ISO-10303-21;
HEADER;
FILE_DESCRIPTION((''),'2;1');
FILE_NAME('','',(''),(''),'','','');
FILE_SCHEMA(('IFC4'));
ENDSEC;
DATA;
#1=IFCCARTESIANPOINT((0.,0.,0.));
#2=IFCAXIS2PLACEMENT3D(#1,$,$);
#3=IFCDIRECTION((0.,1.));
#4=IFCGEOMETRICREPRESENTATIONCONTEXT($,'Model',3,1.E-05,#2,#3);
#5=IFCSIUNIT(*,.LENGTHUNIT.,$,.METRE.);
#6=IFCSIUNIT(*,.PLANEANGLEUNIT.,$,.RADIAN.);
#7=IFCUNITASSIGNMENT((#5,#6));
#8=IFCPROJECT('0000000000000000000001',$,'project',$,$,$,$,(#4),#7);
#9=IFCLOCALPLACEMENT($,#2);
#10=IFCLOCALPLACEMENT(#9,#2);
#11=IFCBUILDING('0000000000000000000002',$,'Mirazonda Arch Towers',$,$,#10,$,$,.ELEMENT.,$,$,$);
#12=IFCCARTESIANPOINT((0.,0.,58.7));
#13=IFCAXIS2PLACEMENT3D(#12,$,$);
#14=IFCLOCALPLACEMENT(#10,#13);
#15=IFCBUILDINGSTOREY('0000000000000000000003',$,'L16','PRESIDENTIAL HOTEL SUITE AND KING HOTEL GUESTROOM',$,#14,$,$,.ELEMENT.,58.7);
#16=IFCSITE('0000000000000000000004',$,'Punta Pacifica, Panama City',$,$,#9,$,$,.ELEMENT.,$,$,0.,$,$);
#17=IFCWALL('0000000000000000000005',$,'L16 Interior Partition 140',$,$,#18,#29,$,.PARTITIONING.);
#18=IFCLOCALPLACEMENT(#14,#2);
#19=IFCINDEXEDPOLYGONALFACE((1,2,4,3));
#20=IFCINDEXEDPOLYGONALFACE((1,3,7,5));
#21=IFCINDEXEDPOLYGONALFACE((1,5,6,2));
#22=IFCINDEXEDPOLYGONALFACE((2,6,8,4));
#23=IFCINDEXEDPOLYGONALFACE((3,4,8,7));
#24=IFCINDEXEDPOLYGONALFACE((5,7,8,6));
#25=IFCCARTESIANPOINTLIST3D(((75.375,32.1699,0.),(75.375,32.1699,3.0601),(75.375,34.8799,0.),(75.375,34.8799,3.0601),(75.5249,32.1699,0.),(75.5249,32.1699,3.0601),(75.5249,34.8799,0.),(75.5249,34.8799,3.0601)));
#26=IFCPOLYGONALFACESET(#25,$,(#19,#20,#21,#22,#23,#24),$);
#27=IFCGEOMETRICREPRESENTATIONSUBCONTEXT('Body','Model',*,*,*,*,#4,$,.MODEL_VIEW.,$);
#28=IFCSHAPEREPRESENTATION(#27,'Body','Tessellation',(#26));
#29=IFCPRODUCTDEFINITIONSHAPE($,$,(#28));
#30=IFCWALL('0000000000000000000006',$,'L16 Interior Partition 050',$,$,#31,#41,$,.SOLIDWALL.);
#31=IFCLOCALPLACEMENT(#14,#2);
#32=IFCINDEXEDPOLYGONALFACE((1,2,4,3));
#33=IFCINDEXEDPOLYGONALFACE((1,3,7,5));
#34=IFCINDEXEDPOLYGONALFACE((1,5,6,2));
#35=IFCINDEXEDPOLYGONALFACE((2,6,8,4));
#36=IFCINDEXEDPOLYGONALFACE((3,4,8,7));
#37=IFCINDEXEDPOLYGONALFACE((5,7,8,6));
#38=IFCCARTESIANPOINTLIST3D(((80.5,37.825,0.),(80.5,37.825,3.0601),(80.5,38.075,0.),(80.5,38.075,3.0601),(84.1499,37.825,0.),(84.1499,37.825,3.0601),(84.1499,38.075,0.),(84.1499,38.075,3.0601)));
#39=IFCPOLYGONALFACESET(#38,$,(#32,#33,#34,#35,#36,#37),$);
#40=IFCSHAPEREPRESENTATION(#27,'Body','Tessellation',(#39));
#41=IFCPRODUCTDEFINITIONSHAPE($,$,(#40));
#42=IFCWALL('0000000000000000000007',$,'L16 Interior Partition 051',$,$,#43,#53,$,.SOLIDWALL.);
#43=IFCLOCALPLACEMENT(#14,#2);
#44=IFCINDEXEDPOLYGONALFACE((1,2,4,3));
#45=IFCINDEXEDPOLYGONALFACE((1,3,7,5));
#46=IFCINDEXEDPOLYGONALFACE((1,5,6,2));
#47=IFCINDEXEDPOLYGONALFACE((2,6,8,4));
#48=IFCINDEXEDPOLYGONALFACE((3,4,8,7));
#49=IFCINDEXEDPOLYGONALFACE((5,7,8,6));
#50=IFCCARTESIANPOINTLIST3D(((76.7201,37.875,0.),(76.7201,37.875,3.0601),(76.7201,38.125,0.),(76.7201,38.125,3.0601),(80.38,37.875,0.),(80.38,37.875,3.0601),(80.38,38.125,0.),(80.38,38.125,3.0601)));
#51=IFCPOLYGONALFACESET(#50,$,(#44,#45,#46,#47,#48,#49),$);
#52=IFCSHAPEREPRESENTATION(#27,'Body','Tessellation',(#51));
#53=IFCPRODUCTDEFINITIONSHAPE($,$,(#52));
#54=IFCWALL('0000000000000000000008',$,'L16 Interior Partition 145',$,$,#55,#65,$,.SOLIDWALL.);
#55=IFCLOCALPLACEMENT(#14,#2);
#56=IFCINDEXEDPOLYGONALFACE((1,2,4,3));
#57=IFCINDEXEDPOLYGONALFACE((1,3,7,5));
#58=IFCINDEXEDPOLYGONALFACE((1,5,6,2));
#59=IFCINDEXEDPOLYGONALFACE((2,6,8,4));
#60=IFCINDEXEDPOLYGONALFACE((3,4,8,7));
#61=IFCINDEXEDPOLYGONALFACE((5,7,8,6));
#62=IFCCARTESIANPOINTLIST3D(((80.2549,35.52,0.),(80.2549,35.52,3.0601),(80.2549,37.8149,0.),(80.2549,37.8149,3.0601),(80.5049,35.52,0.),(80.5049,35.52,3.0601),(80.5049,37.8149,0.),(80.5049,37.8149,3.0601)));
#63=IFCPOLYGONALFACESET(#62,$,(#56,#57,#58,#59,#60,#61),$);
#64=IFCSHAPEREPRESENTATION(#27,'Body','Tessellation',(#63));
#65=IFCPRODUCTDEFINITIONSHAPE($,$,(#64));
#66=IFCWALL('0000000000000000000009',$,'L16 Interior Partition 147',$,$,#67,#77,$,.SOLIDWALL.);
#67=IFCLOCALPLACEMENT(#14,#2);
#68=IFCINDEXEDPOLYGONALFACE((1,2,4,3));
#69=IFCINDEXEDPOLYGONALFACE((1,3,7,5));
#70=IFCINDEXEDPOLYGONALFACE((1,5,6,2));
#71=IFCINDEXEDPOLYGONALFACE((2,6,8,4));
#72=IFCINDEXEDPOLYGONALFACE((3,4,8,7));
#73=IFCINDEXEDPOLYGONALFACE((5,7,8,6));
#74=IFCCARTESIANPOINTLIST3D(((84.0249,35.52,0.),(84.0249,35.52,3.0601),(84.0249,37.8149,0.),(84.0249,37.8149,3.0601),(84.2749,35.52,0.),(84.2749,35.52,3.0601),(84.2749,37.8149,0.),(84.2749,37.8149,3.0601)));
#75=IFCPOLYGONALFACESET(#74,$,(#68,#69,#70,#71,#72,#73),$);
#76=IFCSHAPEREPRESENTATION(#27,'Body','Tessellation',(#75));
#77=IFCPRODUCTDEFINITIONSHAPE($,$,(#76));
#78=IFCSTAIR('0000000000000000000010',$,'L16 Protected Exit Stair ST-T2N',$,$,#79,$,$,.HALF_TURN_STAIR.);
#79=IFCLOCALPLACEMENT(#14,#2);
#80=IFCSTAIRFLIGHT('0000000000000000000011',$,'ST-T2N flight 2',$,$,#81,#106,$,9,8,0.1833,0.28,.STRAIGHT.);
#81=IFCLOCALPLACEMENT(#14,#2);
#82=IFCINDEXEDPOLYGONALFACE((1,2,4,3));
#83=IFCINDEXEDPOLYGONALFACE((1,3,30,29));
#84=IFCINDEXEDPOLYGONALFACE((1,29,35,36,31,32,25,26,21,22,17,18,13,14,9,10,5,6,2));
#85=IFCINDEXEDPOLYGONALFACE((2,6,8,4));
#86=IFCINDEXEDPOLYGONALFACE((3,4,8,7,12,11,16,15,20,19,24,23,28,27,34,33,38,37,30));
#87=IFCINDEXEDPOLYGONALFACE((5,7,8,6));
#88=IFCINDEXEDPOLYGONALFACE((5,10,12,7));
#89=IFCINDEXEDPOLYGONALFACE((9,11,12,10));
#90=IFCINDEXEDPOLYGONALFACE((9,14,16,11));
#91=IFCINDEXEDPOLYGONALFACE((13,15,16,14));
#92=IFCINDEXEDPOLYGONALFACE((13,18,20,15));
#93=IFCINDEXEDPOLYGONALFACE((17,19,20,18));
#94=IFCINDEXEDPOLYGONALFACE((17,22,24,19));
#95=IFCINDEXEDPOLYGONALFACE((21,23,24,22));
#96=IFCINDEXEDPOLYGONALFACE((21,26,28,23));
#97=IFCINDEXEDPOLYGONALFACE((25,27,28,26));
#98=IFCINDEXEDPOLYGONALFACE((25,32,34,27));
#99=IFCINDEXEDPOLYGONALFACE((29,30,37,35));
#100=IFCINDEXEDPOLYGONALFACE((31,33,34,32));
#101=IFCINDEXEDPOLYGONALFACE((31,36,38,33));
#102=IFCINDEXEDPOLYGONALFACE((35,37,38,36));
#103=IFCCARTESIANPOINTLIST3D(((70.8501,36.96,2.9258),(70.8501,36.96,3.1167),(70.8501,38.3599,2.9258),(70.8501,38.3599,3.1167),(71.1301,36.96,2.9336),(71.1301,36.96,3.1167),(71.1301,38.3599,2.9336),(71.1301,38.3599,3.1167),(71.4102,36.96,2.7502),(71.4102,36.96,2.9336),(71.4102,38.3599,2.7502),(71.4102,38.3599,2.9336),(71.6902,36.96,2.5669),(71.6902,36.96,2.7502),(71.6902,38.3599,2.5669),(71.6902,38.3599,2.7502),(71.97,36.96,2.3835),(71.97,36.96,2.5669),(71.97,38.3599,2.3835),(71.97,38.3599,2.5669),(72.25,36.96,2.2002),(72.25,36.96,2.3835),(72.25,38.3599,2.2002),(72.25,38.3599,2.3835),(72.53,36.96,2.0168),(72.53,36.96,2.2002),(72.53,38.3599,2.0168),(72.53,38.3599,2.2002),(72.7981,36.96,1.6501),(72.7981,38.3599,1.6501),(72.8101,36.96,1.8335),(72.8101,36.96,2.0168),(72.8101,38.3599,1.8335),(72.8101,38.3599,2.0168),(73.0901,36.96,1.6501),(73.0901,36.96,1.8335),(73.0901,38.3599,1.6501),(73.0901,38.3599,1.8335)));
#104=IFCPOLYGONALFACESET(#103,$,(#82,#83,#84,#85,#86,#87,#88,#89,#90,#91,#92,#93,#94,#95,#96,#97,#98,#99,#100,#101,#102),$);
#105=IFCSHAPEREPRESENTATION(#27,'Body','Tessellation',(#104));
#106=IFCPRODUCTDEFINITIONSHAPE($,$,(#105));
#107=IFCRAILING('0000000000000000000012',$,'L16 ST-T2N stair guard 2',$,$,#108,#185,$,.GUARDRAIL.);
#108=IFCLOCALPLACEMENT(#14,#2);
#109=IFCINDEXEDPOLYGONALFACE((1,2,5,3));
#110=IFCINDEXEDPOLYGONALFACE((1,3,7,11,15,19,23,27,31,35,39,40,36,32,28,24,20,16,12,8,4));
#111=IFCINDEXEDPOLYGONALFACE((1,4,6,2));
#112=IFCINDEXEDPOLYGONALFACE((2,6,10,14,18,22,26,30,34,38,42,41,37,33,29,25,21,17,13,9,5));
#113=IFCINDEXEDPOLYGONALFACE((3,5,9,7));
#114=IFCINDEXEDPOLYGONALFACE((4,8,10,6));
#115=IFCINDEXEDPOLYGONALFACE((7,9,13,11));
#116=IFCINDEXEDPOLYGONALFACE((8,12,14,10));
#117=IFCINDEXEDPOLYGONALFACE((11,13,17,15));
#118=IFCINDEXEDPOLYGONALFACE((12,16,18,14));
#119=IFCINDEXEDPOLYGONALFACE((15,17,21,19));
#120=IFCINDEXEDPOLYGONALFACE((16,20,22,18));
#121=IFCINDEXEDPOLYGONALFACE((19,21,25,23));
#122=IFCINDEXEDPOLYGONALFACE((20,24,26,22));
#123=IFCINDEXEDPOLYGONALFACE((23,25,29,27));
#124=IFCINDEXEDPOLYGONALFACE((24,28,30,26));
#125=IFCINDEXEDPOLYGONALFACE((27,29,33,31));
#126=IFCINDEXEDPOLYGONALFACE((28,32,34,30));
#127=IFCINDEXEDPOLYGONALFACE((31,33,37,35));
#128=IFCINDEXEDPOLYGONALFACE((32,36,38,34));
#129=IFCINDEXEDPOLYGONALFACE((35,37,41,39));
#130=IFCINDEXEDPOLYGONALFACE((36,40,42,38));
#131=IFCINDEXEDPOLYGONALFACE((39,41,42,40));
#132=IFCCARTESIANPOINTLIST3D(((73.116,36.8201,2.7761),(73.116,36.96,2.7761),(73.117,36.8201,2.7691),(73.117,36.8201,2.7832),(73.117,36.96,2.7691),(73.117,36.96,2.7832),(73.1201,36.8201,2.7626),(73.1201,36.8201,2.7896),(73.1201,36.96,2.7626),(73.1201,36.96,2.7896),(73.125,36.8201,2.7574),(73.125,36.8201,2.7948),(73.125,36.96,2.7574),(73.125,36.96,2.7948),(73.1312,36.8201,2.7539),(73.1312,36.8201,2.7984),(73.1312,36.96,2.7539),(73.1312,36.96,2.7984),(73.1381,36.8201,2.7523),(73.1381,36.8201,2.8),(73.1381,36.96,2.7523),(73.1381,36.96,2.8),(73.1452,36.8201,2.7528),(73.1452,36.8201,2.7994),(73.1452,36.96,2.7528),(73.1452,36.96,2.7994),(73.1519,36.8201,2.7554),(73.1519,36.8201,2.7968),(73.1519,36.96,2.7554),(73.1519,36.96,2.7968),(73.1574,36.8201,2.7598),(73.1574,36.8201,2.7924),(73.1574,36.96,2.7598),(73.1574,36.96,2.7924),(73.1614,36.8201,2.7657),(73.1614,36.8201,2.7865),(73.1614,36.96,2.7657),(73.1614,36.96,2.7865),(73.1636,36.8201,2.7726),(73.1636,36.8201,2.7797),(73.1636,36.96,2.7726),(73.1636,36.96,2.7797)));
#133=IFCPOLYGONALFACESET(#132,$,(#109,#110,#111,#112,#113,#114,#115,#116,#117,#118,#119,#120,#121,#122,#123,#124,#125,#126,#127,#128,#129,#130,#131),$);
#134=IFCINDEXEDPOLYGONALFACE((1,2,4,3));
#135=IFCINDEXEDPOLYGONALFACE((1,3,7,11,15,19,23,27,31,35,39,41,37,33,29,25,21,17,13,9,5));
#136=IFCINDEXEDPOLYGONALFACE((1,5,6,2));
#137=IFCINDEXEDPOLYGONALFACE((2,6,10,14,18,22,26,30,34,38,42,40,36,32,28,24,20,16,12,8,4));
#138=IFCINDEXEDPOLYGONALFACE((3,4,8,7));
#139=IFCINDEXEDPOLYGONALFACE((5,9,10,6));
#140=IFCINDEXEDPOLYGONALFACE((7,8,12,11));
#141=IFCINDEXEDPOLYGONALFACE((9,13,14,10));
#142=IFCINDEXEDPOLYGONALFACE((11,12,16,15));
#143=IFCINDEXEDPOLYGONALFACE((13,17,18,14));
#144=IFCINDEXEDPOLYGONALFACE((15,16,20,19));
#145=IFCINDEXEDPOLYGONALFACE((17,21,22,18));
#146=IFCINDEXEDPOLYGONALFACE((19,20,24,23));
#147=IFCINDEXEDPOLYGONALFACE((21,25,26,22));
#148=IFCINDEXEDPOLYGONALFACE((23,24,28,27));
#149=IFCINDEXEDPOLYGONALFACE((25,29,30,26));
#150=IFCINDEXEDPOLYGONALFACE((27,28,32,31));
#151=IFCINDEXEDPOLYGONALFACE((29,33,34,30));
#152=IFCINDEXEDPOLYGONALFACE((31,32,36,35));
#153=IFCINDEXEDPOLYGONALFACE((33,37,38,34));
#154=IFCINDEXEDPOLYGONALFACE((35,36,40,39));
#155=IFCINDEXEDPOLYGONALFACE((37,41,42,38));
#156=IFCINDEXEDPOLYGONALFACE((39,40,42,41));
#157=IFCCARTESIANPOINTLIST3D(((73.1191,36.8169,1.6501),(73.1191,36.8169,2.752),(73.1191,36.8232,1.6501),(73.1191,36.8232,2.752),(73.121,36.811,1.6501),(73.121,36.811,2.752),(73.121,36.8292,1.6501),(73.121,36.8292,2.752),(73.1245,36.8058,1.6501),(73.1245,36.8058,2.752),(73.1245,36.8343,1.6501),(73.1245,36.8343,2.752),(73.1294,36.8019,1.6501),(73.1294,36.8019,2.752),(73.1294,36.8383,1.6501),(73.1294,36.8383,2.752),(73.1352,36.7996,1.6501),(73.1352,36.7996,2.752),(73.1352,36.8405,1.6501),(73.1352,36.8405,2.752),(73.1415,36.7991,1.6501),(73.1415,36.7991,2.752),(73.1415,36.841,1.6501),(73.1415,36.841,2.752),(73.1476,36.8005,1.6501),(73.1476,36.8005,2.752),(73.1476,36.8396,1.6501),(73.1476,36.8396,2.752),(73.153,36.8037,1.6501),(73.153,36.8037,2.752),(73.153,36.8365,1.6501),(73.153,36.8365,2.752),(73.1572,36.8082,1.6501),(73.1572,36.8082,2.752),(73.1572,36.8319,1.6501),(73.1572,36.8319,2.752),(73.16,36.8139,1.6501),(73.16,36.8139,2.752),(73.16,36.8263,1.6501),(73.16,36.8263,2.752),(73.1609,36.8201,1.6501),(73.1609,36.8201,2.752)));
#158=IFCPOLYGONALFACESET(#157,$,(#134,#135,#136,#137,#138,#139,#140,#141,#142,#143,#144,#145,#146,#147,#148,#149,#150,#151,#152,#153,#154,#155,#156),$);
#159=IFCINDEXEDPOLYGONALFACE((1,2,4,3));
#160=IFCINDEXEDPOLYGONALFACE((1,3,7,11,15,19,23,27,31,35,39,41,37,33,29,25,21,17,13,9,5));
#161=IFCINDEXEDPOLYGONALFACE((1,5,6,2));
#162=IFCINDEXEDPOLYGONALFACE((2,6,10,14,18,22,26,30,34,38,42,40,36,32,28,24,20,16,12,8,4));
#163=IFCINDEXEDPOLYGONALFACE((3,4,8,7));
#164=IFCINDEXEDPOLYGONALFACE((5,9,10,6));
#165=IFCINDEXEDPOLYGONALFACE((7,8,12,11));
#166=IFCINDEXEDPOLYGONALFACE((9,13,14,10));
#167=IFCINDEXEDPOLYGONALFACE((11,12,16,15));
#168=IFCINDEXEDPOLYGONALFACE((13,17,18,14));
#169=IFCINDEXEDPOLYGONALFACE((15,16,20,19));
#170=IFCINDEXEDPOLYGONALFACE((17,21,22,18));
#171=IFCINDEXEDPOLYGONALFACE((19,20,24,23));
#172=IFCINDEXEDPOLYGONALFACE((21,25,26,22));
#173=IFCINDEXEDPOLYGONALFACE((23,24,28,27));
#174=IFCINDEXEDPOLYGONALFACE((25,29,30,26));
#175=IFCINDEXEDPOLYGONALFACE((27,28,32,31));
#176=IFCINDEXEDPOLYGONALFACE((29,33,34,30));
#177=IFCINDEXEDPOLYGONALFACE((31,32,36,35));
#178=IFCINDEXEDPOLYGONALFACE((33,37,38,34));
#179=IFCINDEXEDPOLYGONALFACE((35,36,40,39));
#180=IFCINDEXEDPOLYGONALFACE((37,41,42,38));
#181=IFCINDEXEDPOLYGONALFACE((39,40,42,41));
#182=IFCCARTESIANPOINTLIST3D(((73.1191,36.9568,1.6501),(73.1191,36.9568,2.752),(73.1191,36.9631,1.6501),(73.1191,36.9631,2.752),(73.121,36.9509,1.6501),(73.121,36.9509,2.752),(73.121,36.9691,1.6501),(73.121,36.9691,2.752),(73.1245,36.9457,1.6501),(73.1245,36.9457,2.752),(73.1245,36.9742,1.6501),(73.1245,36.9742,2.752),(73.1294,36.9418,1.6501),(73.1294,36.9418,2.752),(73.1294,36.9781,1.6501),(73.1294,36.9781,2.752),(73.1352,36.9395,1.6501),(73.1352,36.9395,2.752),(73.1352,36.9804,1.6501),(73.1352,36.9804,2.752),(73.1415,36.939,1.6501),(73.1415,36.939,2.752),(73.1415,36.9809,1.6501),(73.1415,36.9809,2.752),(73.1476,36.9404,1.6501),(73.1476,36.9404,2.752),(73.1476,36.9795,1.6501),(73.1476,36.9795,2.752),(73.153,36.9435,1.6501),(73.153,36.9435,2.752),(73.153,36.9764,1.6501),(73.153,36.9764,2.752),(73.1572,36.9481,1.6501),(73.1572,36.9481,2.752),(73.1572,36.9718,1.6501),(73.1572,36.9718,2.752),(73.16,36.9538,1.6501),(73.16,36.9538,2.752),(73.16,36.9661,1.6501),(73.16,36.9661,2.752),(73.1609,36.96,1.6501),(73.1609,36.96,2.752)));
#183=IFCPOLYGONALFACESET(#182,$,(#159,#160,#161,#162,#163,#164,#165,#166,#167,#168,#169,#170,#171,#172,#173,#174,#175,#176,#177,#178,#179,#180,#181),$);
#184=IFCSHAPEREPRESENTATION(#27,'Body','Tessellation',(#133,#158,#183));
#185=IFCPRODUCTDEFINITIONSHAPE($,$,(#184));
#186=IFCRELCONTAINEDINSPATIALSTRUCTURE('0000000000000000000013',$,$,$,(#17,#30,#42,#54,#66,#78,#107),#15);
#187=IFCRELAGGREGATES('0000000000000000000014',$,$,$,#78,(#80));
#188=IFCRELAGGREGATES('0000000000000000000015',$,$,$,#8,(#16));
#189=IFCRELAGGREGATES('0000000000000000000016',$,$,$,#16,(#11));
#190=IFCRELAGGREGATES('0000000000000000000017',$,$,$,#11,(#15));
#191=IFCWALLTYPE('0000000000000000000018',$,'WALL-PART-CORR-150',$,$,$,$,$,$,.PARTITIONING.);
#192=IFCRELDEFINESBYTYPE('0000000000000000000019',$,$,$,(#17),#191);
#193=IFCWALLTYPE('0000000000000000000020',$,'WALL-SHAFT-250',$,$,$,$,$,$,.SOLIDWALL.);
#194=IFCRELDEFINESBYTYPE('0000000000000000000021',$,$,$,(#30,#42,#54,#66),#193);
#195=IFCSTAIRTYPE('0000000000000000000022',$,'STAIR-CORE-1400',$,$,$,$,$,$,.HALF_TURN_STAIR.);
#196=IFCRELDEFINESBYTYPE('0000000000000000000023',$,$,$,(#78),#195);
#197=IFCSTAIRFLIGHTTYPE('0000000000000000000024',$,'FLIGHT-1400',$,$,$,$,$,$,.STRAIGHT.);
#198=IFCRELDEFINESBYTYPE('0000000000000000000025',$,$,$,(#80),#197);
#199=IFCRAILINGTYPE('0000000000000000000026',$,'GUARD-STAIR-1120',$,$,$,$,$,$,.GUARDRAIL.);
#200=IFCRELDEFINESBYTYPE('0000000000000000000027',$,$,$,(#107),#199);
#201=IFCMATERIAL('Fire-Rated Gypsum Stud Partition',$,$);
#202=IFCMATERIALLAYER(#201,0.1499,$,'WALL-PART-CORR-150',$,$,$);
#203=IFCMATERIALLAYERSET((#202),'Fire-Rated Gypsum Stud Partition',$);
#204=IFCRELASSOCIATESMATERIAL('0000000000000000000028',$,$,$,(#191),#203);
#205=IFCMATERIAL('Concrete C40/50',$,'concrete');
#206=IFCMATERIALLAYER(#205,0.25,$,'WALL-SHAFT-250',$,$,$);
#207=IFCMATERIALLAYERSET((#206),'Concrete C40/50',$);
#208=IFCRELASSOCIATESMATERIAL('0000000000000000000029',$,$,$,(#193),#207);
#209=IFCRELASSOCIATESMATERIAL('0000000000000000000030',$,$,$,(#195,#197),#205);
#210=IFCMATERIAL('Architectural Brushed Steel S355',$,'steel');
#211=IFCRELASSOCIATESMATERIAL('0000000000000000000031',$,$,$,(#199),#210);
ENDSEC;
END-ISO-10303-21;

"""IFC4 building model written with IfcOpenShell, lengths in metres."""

from ifc_helpers import new_model, si_unit, direction, frame, frame_2d, origin, origin_2d, place, context, subcontext, project, spatial, polyline, rectangle, circle, outline, extrude, material, layer, layer_set, type_object, element, aggregate, save


model = new_model("IFC4")

# Units and contexts
model_context = context("Model", 3, precision=1e-05, world=origin(), true_north=direction((0.0, 1.0)))
body_context = subcontext(model_context, "Body", "Model", "MODEL_VIEW")
ifc_project = project(units=[si_unit("LENGTHUNIT", "METRE"), si_unit("PLANEANGLEUNIT", "RADIAN")], contexts=[model_context])

# Site, building, storey
site_placement = place(None, origin())
site = spatial("IfcSite", under=ifc_project, at=site_placement, Name="Punta Pacifica, Panama City", CompositionType="ELEMENT", RefElevation=0.0)
building_placement = place(site_placement, origin())
building = spatial("IfcBuilding", under=site, at=building_placement, Name="Mirazonda Arch Towers", CompositionType="ELEMENT")
storey_placement = place(building_placement, frame((0.0, 0.0, 58.7)))
storey = spatial("IfcBuildingStorey", under=building, at=storey_placement, Name="L16", Description="PRESIDENTIAL HOTEL SUITE AND KING HOTEL GUESTROOM", CompositionType="ELEMENT", Elevation=58.7)

# Shared definitions
ifc_material_1 = material(Name="Concrete C40/50", Category="concrete")
ifc_material_2 = material(Name="Architectural Brushed Steel S355", Category="steel")

# Walls
ifc_material_3 = material(Name="Fire-Rated Gypsum Stud Partition")
ifc_layer_1 = layer(ifc_material_3, 0.1499, Name="WALL-PART-CORR-150")
ifc_layer_set_1 = layer_set([ifc_layer_1], Name="Fire-Rated Gypsum Stud Partition")
wall_type_1 = type_object("IfcWallType", Name="WALL-PART-CORR-150", PredefinedType="PARTITIONING", material=ifc_layer_set_1)
for number, where, z_axis, x_axis, name in (
    (1, (75.45, 32.1699, 0.0), (0.0, 0.0, 1.0), (0.0, 1.0, 0.0), "L16 Interior Partition 140"),
):
    element("IfcWall", number, at=place(storey_placement, frame(where, z_axis=z_axis, x_axis=x_axis)), inside=storey, type_object=wall_type_1, Name=name, PredefinedType="PARTITIONING", context=body_context, shape_type="SweptSolid", body=[
        extrude(rectangle(XDim=2.71, YDim=0.1499, at=frame_2d((1.355, 0.0))), origin(), (0.0, 0.0, 1.0), 3.0601),
    ])
ifc_layer_2 = layer(ifc_material_1, 0.25, Name="WALL-SHAFT-250")
ifc_layer_set_2 = layer_set([ifc_layer_2], Name="Concrete C40/50")
wall_type_2 = type_object("IfcWallType", Name="WALL-SHAFT-250", PredefinedType="SOLIDWALL", material=ifc_layer_set_2)
wall_1_placement = place(storey_placement, frame((80.5, 37.95, 0.0), z_axis=(0.0, 0.0, 1.0), x_axis=(1.0, 0.0, 0.0)))
element("IfcWall", 2, at=wall_1_placement, inside=storey, type_object=wall_type_2, Name="L16 Interior Partition 050", PredefinedType="SOLIDWALL", context=body_context, shape_type="SweptSolid", body=[
    extrude(rectangle(XDim=3.6499, YDim=0.25, at=frame_2d((1.825, 0.0))), origin(), (0.0, 0.0, 1.0), 3.0601),
])
wall_2_placement = place(storey_placement, frame((76.72, 38.0, 0.0), z_axis=(0.0, 0.0, 1.0), x_axis=(1.0, 0.0, 0.0)))
element("IfcWall", 3, at=wall_2_placement, inside=storey, type_object=wall_type_2, Name="L16 Interior Partition 051", PredefinedType="SOLIDWALL", context=body_context, shape_type="SweptSolid", body=[
    extrude(rectangle(XDim=3.6599, YDim=0.25, at=frame_2d((1.8301, 0.0))), origin(), (0.0, 0.0, 1.0), 3.0601),
])
for number, where, z_axis, x_axis, name in (
    (4, (80.3799, 35.52, 0.0), (0.0, 0.0, 1.0), (0.0, 1.0, 0.0), "L16 Interior Partition 145"),
    (5, (84.1499, 35.52, 0.0), (0.0, 0.0, 1.0), (0.0, 1.0, 0.0), "L16 Interior Partition 147"),
):
    element("IfcWall", number, at=place(storey_placement, frame(where, z_axis=z_axis, x_axis=x_axis)), inside=storey, type_object=wall_type_2, Name=name, PredefinedType="SOLIDWALL", context=body_context, shape_type="SweptSolid", body=[
        extrude(rectangle(XDim=2.2949, YDim=0.25, at=frame_2d((1.1475, 0.0))), origin(), (0.0, 0.0, 1.0), 3.0601),
    ])

# Stair, stair flight
stair_type = type_object("IfcStairType", Name="STAIR-CORE-1400", PredefinedType="HALF_TURN_STAIR", material=ifc_material_1)
stair_placement = place(storey_placement, origin())
stair = element("IfcStair", 6, at=stair_placement, inside=storey, type_object=stair_type, Name="L16 Protected Exit Stair ST-T2N", PredefinedType="HALF_TURN_STAIR")
stair_flight_type = type_object("IfcStairFlightType", Name="FLIGHT-1400", PredefinedType="STRAIGHT", material=ifc_material_1)
stair_flight_placement = place(storey_placement, frame((73.0901, 37.6599, 1.6501), z_axis=(0.0, 0.0, 1.0), x_axis=(-1.0, 0.0, 0.0)))
stair_flight = element("IfcStairFlight", 7, at=stair_flight_placement, type_object=stair_flight_type, Name="ST-T2N flight 2", NumberOfRisers=9, NumberOfTreads=8, PredefinedType="STRAIGHT", RiserHeight=0.1833, TreadLength=0.28, context=body_context, shape_type="SweptSolid", body=[
    extrude(outline(polyline([(0.0, 0.0), (0.0, 0.1833), (0.28, 0.1833), (0.28, 0.3667), (0.5601, 0.3667), (0.5601, 0.55), (0.8401, 0.55), (0.8401, 0.7334), (1.1201, 0.7334), (1.1201, 0.9167), (1.3999, 0.9167), (1.3999, 1.1001), (1.6799, 1.1001), (1.6799, 1.2834), (1.96, 1.2834), (1.96, 1.4666), (2.24, 1.4666), (2.24, 1.6499), (2.24, 1.2756), (0.292, 0.0), (0.0, 0.0)])), frame((0.0, 0.7, 0.0), z_axis=(0.0, -1.0, 0.0), x_axis=(1.0, 0.0, 0.0)), (0.0, 0.0, 1.0), 1.3999),
])
aggregate(stair, [stair_flight])

# Railing
railing_type_1 = type_object("IfcRailingType", Name="GUARD-STAIR-1120", PredefinedType="GUARDRAIL", material=ifc_material_2)
railing_1_placement = place(storey_placement, frame((73.1399, 36.8201, 1.6501)))
element("IfcRailing", 8, at=railing_1_placement, inside=storey, type_object=railing_type_1, Name="L16 ST-T2N stair guard 2", PredefinedType="GUARDRAIL", context=body_context, shape_type="SweptSolid", body=[
    extrude(circle(Radius=0.0239, at=origin_2d()), frame((0.0, 0.0, 1.126), z_axis=(0.0, 1.0, 0.0), x_axis=(-1.0, 0.0, 0.0)), (0.0, 0.0, 1.0), 0.1399),
    extrude(circle(Radius=0.021, at=origin_2d()), origin(), (0.0, 0.0, 1.0), 1.1018),
    extrude(circle(Radius=0.021, at=origin_2d()), frame((0.0, 0.1399, 0.0)), (0.0, 0.0, 1.0), 1.1018),
])

save(model, "model.ifc")
